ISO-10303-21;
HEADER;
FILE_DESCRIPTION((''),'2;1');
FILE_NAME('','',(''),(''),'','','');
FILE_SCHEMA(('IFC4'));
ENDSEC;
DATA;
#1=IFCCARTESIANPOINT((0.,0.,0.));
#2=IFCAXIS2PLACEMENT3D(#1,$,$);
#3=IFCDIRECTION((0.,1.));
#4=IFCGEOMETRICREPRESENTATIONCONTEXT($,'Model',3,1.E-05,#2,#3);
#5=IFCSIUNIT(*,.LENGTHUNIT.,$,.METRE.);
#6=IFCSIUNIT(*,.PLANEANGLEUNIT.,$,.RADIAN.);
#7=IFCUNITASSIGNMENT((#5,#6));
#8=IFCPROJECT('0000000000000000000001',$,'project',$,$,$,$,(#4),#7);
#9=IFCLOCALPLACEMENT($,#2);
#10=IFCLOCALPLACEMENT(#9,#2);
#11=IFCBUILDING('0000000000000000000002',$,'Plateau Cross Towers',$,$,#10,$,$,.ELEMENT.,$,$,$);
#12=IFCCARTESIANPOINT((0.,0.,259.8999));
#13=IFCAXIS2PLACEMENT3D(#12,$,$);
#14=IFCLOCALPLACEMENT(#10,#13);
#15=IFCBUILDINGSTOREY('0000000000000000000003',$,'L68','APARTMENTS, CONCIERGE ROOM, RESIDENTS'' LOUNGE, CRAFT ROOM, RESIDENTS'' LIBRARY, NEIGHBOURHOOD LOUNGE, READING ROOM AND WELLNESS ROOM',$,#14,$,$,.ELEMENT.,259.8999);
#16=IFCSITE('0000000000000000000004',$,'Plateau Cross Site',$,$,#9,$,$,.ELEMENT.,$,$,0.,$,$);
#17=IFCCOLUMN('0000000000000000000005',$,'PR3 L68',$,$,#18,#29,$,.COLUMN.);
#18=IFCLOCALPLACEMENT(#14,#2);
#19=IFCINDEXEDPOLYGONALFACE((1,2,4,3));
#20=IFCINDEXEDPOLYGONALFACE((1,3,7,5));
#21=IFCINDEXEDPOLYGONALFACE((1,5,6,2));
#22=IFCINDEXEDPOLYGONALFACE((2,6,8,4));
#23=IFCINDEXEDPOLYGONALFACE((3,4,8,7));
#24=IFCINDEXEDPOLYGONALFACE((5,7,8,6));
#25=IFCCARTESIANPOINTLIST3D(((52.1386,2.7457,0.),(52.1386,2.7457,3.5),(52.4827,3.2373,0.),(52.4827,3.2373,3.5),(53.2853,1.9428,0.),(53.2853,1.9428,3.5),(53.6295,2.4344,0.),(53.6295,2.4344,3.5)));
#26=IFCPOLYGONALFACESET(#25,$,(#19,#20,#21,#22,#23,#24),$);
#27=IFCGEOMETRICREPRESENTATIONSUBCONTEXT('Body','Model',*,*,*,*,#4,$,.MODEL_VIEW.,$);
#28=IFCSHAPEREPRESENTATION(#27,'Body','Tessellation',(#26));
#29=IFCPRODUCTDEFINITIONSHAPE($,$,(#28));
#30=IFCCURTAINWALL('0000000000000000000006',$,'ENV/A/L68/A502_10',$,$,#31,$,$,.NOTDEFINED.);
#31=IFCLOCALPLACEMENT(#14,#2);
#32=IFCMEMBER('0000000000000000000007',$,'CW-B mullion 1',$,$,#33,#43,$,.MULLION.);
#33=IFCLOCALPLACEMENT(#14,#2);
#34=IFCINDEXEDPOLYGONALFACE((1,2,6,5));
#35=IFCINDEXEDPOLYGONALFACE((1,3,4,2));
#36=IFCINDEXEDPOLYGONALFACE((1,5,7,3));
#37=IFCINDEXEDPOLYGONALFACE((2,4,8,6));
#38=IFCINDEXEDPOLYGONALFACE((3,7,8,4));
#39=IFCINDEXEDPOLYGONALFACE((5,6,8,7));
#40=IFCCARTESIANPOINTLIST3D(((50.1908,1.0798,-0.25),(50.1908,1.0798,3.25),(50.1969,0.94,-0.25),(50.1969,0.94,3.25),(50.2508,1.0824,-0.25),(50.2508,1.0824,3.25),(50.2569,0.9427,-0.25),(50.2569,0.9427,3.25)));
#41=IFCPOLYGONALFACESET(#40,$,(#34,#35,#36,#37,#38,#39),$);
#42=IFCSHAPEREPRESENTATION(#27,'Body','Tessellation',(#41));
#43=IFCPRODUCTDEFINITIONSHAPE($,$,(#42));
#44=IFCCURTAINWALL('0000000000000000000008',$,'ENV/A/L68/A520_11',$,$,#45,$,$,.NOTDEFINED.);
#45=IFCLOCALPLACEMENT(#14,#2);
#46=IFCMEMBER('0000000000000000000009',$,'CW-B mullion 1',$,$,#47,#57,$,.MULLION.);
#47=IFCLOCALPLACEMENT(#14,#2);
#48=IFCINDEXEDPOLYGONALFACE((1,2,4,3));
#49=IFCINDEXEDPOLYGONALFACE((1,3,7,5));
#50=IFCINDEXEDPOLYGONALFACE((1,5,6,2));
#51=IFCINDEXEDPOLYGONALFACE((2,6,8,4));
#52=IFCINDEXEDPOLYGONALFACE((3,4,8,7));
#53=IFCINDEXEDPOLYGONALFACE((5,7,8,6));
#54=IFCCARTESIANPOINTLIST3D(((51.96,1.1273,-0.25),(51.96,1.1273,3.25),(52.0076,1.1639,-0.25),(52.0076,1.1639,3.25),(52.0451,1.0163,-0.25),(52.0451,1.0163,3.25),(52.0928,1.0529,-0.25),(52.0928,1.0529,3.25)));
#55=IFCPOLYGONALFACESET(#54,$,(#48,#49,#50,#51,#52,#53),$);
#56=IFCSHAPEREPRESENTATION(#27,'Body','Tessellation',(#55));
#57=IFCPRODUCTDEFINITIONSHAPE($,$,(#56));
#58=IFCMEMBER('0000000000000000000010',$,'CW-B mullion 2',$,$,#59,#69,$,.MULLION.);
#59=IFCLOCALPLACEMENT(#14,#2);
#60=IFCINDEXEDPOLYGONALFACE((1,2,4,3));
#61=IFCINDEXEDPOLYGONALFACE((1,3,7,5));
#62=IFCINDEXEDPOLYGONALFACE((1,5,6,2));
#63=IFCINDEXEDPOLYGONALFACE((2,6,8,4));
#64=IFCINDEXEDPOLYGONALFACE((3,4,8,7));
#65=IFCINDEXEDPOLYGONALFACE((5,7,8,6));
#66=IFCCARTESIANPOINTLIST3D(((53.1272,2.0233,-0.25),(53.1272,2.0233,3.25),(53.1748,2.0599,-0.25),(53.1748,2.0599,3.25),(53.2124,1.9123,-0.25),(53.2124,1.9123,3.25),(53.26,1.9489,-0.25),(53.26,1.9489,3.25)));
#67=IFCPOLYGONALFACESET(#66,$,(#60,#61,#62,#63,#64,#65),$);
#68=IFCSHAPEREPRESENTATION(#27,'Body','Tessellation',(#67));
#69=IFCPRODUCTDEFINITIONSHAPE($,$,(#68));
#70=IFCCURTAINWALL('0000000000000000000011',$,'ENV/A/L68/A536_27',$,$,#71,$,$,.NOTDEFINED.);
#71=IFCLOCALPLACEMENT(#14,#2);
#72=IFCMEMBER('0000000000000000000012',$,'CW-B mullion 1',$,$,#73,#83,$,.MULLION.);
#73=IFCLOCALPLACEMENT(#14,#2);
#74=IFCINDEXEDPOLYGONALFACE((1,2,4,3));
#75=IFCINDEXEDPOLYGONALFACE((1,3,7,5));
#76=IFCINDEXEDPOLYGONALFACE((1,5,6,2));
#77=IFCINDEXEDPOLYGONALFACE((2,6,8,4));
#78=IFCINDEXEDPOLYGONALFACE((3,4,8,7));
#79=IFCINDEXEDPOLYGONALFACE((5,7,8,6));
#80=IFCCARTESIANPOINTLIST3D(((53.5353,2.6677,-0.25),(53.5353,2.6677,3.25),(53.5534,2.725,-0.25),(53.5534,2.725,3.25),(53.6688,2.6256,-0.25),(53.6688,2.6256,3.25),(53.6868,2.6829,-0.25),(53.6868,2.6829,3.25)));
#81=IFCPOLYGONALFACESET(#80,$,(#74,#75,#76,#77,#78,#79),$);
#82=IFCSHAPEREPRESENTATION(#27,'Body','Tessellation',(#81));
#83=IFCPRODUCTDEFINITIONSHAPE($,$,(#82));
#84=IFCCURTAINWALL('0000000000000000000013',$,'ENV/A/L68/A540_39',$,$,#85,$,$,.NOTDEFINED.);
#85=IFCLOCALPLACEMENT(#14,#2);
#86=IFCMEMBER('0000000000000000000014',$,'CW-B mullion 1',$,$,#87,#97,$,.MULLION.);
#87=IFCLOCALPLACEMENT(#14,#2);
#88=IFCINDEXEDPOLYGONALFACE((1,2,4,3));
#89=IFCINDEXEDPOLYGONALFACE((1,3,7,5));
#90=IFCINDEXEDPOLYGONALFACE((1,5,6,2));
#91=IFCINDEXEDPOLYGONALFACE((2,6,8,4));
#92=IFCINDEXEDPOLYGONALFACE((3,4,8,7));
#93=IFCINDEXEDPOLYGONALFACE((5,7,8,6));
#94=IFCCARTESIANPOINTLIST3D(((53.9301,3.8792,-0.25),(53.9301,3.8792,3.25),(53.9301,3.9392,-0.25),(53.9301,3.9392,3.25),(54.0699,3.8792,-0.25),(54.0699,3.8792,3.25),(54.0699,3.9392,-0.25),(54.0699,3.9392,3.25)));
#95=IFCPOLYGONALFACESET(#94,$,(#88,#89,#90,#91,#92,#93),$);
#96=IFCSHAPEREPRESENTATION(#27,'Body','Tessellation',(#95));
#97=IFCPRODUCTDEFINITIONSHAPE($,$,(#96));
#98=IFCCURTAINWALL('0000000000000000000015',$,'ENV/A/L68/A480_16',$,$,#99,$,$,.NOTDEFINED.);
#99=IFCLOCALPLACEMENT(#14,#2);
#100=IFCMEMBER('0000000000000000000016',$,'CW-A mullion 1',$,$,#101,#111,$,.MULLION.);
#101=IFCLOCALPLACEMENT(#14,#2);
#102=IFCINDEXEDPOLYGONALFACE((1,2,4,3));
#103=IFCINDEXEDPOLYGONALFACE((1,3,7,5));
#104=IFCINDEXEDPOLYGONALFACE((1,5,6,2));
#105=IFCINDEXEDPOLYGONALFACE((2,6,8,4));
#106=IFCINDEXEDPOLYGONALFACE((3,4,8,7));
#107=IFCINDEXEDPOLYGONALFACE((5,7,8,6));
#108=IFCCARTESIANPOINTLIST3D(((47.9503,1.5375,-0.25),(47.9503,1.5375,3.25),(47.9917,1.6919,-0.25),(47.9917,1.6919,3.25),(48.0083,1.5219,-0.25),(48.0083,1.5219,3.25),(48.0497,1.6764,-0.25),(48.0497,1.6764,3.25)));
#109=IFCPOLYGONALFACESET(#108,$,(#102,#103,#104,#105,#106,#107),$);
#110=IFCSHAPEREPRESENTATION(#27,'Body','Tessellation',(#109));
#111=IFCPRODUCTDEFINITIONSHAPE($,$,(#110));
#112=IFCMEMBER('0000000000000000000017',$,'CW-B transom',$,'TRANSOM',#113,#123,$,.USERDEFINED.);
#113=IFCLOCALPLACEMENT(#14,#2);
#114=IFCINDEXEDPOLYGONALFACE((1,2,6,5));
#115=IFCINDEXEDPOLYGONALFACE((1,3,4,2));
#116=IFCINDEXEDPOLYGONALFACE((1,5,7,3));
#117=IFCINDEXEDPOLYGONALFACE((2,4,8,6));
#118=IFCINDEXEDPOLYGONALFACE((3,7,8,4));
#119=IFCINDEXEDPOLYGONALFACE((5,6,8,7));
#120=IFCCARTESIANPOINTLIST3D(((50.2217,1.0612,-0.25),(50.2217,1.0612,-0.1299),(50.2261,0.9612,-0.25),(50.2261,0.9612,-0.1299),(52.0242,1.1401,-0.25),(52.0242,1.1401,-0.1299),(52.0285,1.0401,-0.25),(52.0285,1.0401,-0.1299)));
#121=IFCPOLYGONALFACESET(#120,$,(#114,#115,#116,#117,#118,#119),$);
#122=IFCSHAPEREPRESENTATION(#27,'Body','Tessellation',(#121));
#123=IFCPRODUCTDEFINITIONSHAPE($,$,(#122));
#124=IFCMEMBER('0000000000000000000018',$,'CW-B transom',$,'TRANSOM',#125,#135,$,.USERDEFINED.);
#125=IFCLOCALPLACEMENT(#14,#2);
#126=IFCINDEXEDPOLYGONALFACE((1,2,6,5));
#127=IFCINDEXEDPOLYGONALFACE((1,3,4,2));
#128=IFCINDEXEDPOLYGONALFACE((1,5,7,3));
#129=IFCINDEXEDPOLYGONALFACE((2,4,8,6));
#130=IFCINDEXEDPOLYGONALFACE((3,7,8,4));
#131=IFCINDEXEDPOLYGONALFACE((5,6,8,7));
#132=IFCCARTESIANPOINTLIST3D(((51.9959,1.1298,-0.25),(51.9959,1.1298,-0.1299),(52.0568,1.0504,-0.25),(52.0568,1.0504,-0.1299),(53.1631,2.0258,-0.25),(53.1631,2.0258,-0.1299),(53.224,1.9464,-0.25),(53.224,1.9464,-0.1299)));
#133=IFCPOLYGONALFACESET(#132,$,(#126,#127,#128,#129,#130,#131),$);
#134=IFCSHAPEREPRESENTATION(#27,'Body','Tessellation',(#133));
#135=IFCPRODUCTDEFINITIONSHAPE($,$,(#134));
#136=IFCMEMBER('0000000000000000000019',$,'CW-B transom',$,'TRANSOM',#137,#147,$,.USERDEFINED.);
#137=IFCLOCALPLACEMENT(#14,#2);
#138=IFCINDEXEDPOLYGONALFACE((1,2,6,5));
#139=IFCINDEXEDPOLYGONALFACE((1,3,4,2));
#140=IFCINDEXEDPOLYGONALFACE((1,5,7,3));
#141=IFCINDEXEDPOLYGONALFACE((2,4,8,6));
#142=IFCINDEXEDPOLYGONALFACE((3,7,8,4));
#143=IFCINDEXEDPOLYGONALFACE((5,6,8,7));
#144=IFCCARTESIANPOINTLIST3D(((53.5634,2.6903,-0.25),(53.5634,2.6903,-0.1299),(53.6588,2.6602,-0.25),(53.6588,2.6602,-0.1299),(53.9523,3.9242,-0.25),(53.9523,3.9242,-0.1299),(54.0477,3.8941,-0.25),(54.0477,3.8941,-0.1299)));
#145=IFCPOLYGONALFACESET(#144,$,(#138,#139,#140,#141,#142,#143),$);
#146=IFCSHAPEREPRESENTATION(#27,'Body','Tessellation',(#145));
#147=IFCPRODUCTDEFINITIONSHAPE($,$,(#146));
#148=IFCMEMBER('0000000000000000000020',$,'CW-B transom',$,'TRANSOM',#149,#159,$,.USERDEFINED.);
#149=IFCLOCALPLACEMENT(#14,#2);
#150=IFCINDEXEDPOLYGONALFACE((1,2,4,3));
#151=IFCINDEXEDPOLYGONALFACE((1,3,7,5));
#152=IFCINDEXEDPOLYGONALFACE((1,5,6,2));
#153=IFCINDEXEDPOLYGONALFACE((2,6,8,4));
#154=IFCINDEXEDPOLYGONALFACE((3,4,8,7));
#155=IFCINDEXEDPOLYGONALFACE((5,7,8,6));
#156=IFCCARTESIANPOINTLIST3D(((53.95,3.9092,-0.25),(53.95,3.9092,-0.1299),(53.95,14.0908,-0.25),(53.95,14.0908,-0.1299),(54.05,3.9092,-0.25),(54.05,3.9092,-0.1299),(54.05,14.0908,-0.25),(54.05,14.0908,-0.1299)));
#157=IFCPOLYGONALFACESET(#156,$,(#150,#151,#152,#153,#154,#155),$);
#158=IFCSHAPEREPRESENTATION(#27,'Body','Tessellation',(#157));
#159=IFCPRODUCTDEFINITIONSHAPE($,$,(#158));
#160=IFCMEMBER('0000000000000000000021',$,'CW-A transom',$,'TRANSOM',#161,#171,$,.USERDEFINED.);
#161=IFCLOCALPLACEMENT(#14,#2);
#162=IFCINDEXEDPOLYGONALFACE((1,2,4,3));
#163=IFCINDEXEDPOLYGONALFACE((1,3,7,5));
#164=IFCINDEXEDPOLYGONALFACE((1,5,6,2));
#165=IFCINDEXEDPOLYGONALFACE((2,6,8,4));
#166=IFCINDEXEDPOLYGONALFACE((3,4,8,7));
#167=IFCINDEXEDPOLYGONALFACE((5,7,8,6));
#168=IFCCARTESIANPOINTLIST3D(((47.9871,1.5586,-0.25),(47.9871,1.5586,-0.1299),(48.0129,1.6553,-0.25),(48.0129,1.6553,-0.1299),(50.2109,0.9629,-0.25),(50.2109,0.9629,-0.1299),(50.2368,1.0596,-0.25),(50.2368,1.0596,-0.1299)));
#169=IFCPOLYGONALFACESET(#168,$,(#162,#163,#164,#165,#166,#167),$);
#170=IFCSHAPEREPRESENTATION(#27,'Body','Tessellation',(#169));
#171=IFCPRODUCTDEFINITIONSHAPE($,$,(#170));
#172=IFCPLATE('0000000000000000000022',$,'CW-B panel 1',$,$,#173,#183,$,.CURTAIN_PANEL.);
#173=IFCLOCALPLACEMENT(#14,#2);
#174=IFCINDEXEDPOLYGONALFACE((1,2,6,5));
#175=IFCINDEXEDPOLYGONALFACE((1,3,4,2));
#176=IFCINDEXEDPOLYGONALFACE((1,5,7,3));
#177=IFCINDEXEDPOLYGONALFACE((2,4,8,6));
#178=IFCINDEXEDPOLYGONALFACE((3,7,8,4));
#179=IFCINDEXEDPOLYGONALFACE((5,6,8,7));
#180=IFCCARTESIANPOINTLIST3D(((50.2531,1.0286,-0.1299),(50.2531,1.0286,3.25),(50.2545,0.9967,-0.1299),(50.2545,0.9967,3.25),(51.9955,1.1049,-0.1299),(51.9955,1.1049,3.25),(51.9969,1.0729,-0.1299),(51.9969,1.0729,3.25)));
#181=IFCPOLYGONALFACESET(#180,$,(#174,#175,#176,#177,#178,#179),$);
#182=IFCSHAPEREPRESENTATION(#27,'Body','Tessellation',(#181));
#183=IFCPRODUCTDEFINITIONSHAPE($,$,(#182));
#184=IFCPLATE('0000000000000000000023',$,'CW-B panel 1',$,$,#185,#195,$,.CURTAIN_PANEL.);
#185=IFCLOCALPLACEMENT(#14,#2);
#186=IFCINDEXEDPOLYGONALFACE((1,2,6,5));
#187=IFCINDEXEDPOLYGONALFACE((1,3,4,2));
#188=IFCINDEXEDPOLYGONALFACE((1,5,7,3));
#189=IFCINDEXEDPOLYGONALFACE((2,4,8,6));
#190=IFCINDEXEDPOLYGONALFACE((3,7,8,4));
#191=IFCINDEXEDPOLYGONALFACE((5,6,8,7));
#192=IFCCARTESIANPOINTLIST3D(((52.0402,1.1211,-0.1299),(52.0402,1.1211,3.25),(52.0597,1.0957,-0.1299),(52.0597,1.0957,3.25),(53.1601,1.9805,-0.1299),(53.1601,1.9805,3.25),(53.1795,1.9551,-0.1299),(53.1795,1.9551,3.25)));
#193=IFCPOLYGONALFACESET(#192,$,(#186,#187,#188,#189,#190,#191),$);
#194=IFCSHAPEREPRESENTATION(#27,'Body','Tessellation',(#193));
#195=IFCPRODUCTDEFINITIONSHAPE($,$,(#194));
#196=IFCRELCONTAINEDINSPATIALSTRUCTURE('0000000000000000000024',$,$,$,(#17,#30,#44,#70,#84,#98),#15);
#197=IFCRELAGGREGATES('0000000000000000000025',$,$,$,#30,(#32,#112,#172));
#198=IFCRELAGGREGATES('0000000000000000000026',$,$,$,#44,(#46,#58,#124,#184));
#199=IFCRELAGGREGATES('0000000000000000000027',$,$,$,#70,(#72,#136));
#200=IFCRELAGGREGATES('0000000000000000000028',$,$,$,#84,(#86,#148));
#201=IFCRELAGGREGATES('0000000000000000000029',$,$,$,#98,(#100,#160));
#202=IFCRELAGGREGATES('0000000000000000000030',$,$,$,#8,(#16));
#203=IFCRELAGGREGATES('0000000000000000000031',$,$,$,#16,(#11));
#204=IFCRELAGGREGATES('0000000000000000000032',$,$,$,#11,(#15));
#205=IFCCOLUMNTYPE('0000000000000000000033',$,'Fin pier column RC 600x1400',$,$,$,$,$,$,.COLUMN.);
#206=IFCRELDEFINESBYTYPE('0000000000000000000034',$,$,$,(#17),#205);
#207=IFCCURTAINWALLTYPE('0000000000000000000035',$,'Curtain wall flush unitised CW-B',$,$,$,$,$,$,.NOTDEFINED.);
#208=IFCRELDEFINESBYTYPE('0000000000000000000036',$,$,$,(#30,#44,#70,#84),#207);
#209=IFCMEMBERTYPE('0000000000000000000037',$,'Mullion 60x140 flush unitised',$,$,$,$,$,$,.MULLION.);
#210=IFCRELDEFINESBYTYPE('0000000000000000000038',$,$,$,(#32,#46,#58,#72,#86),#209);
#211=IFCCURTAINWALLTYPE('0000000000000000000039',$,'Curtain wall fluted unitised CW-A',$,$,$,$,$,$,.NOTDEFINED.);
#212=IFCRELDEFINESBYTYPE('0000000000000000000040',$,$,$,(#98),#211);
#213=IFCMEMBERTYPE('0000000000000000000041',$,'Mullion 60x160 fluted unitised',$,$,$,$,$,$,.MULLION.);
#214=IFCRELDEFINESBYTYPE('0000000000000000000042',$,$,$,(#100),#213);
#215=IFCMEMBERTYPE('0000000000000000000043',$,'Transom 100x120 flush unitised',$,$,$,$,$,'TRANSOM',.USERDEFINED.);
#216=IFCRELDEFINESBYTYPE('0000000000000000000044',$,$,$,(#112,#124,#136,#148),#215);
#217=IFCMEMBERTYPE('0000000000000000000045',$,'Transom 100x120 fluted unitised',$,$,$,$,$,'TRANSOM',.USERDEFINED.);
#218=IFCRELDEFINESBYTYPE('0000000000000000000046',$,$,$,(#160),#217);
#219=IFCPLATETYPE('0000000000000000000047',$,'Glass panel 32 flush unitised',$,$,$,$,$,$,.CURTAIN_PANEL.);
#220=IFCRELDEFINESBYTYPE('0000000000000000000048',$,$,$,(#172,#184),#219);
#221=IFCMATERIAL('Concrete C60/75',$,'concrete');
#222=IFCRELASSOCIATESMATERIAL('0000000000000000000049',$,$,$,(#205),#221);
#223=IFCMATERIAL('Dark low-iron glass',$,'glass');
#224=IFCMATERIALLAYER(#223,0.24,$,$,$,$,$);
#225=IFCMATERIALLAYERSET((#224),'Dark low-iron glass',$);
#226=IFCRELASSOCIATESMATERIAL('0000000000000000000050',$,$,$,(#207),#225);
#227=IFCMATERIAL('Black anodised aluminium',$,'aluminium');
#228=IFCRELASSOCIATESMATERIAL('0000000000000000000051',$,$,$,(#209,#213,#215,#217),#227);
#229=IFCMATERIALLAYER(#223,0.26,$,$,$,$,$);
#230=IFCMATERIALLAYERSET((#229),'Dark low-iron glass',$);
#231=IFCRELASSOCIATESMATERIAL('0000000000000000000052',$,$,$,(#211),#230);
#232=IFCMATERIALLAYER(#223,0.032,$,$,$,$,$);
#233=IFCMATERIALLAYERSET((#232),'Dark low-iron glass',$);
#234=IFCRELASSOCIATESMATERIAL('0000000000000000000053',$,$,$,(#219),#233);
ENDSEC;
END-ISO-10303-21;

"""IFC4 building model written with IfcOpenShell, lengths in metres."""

from ifc_helpers import new_model, si_unit, direction, frame, origin, origin_2d, place, context, subcontext, project, spatial, rectangle, extrude, material, layer, layer_set, material_profile, profile_set, type_object, element, aggregate, save


model = new_model("IFC4")

# Units and contexts
model_context = context("Model", 3, precision=1e-05, world=origin(), true_north=direction((0.0, 1.0)))
body_context = subcontext(model_context, "Body", "Model", "MODEL_VIEW")
ifc_project = project(units=[si_unit("LENGTHUNIT", "METRE"), si_unit("PLANEANGLEUNIT", "RADIAN")], contexts=[model_context])

# Site, building, storey
site_placement = place(None, origin())
site = spatial("IfcSite", under=ifc_project, at=site_placement, Name="Plateau Cross Site", CompositionType="ELEMENT", RefElevation=0.0)
building_placement = place(site_placement, origin())
building = spatial("IfcBuilding", under=site, at=building_placement, Name="Plateau Cross Towers", CompositionType="ELEMENT")
storey_placement = place(building_placement, frame((0.0, 0.0, 259.8999)))
storey = spatial("IfcBuildingStorey", under=building, at=storey_placement, Name="L68", Description="APARTMENTS, CONCIERGE ROOM, RESIDENTS' LOUNGE, CRAFT ROOM, RESIDENTS' LIBRARY, NEIGHBOURHOOD LOUNGE, READING ROOM AND WELLNESS ROOM", CompositionType="ELEMENT", Elevation=259.8999)

# Column
ifc_material_1 = material(Name="Concrete C60/75", Category="concrete")
ifc_material_profile_1 = material_profile(ifc_material_1, rectangle(XDim=0.6001, YDim=1.3999, at=origin_2d()), Name="RC 600x1400")
ifc_profile_set_1 = profile_set([ifc_material_profile_1], Name="Concrete C60/75")
column_type = type_object("IfcColumnType", Name="Fin pier column RC 600x1400", PredefinedType="COLUMN", material=ifc_profile_set_1)
column_placement = place(storey_placement, frame((52.884, 2.5901, 0.0), z_axis=(0.0, 0.0, 1.0), x_axis=(0.573543, 0.819176, 0.0)))
element("IfcColumn", 1, at=column_placement, inside=storey, type_object=column_type, Name="PR3 L68", PredefinedType="COLUMN", context=body_context, shape_type="SweptSolid", body=[
    extrude(rectangle(XDim=0.6001, YDim=1.3999, at=origin_2d()), origin(), (0.0, 0.0, 1.0), 3.5),
])

# Curtain wall, member
ifc_material_2 = material(Name="Dark low-iron glass", Category="glass")
ifc_layer_1 = layer(ifc_material_2, 0.24)
ifc_layer_set_1 = layer_set([ifc_layer_1], Name="Dark low-iron glass")
curtain_wall_type_1 = type_object("IfcCurtainWallType", Name="Curtain wall flush unitised CW-B", PredefinedType="NOTDEFINED", material=ifc_layer_set_1)
curtain_wall_1_placement = place(storey_placement, origin())
curtain_wall_1 = element("IfcCurtainWall", 2, at=curtain_wall_1_placement, inside=storey, type_object=curtain_wall_type_1, Name="ENV/A/L68/A502_10", PredefinedType="NOTDEFINED")
ifc_material_3 = material(Name="Black anodised aluminium", Category="aluminium")
ifc_material_profile_2 = material_profile(ifc_material_3, rectangle(XDim=0.0601, YDim=0.1399, at=origin_2d()), Name="MULLION 60x140")
ifc_profile_set_2 = profile_set([ifc_material_profile_2], Name="Black anodised aluminium")
member_type_1 = type_object("IfcMemberType", Name="Mullion 60x140 flush unitised", PredefinedType="MULLION", material=ifc_profile_set_2)
member_1_placement = place(storey_placement, frame((50.2239, 1.0112, -0.25), z_axis=(0.0, 0.0, 1.0), x_axis=(0.999044, 0.043723, 0.0)))
member_1 = element("IfcMember", 3, at=member_1_placement, type_object=member_type_1, Name="CW-B mullion 1", PredefinedType="MULLION", context=body_context, shape_type="SweptSolid", body=[
    extrude(rectangle(XDim=0.0601, YDim=0.1399, at=origin_2d()), origin(), (0.0, 0.0, 1.0), 3.5),
])

# Curtain wall, members
curtain_wall_2_placement = place(storey_placement, origin())
curtain_wall_2 = element("IfcCurtainWall", 4, at=curtain_wall_2_placement, inside=storey, type_object=curtain_wall_type_1, Name="ENV/A/L68/A520_11", PredefinedType="NOTDEFINED")
member_2_placement = place(storey_placement, frame((52.0264, 1.0901, -0.25), z_axis=(0.0, 0.0, 1.0), x_axis=(0.793316, 0.608811, 0.0)))
member_2 = element("IfcMember", 5, at=member_2_placement, type_object=member_type_1, Name="CW-B mullion 1", PredefinedType="MULLION", context=body_context, shape_type="SweptSolid", body=[
    extrude(rectangle(XDim=0.0601, YDim=0.1399, at=origin_2d()), origin(), (0.0, 0.0, 1.0), 3.5),
])
member_3_placement = place(storey_placement, frame((53.1936, 1.9861, -0.25), z_axis=(0.0, 0.0, 1.0), x_axis=(0.793316, 0.608811, 0.0)))
member_3 = element("IfcMember", 6, at=member_3_placement, type_object=member_type_1, Name="CW-B mullion 2", PredefinedType="MULLION", context=body_context, shape_type="SweptSolid", body=[
    extrude(rectangle(XDim=0.0601, YDim=0.1399, at=origin_2d()), origin(), (0.0, 0.0, 1.0), 3.5),
])

# Curtain walls, members
curtain_wall_3_placement = place(storey_placement, origin())
curtain_wall_3 = element("IfcCurtainWall", 7, at=curtain_wall_3_placement, inside=storey, type_object=curtain_wall_type_1, Name="ENV/A/L68/A536_27", PredefinedType="NOTDEFINED")
member_4_placement = place(storey_placement, frame((53.6111, 2.6753, -0.25), z_axis=(0.0, 0.0, 1.0), x_axis=(0.300686, 0.953723, 0.0)))
member_4 = element("IfcMember", 8, at=member_4_placement, type_object=member_type_1, Name="CW-B mullion 1", PredefinedType="MULLION", context=body_context, shape_type="SweptSolid", body=[
    extrude(rectangle(XDim=0.0601, YDim=0.1399, at=origin_2d()), origin(), (0.0, 0.0, 1.0), 3.5),
])
curtain_wall_4_placement = place(storey_placement, origin())
curtain_wall_4 = element("IfcCurtainWall", 9, at=curtain_wall_4_placement, inside=storey, type_object=curtain_wall_type_1, Name="ENV/A/L68/A540_39", PredefinedType="NOTDEFINED")
member_5_placement = place(storey_placement, frame((54.0, 3.9092, -0.25), z_axis=(0.0, 0.0, 1.0), x_axis=(0.0, 1.0, 0.0)))
member_5 = element("IfcMember", 10, at=member_5_placement, type_object=member_type_1, Name="CW-B mullion 1", PredefinedType="MULLION", context=body_context, shape_type="SweptSolid", body=[
    extrude(rectangle(XDim=0.0601, YDim=0.1399, at=origin_2d()), origin(), (0.0, 0.0, 1.0), 3.5),
])
ifc_layer_2 = layer(ifc_material_2, 0.26)
ifc_layer_set_2 = layer_set([ifc_layer_2], Name="Dark low-iron glass")
curtain_wall_type_2 = type_object("IfcCurtainWallType", Name="Curtain wall fluted unitised CW-A", PredefinedType="NOTDEFINED", material=ifc_layer_set_2)
curtain_wall_5_placement = place(storey_placement, origin())
curtain_wall_5 = element("IfcCurtainWall", 11, at=curtain_wall_5_placement, inside=storey, type_object=curtain_wall_type_2, Name="ENV/A/L68/A480_16", PredefinedType="NOTDEFINED")
ifc_material_profile_3 = material_profile(ifc_material_3, rectangle(XDim=0.0601, YDim=0.1599, at=origin_2d()), Name="MULLION 60x160")
ifc_profile_set_3 = profile_set([ifc_material_profile_3], Name="Black anodised aluminium")
member_type_2 = type_object("IfcMemberType", Name="Mullion 60x160 fluted unitised", PredefinedType="MULLION", material=ifc_profile_set_3)
member_6_placement = place(storey_placement, frame((48.0, 1.6069, -0.25), z_axis=(0.0, 0.0, 1.0), x_axis=(0.965958, -0.258699, 0.0)))
member_6 = element("IfcMember", 12, at=member_6_placement, type_object=member_type_2, Name="CW-A mullion 1", PredefinedType="MULLION", context=body_context, shape_type="SweptSolid", body=[
    extrude(rectangle(XDim=0.0601, YDim=0.1599, at=origin_2d()), origin(), (0.0, 0.0, 1.0), 3.5),
])

# Members
ifc_material_profile_4 = material_profile(ifc_material_3, rectangle(XDim=0.1001, YDim=0.1201, at=origin_2d()), Name="TRANSOM 100x120")
ifc_profile_set_4 = profile_set([ifc_material_profile_4], Name="Black anodised aluminium")
member_type_3 = type_object("IfcMemberType", Name="Transom 100x120 flush unitised", ElementType="TRANSOM", PredefinedType="USERDEFINED", material=ifc_profile_set_4)
member_7_placement = place(storey_placement, frame((50.2239, 1.0112, -0.1899), z_axis=(0.999044, 0.043707, 0.0), x_axis=(-0.043707, 0.999044, 0.0)))
member_7 = element("IfcMember", 13, at=member_7_placement, type_object=member_type_3, Name="CW-B transom", ObjectType="TRANSOM", PredefinedType="USERDEFINED", context=body_context, shape_type="SweptSolid", body=[
    extrude(rectangle(XDim=0.1001, YDim=0.1201, at=origin_2d()), origin(), (0.0, 0.0, 1.0), 1.8042),
])
member_8_placement = place(storey_placement, frame((52.0264, 1.0901, -0.1899), z_axis=(0.79324, 0.608909, 0.0), x_axis=(-0.608909, 0.79324, 0.0)))
member_8 = element("IfcMember", 14, at=member_8_placement, type_object=member_type_3, Name="CW-B transom", ObjectType="TRANSOM", PredefinedType="USERDEFINED", context=body_context, shape_type="SweptSolid", body=[
    extrude(rectangle(XDim=0.1001, YDim=0.1201, at=origin_2d()), origin(), (0.0, 0.0, 1.0), 1.4714),
])
member_9_placement = place(storey_placement, frame((53.6111, 2.6753, -0.1899), z_axis=(0.300617, 0.953745, 0.0), x_axis=(-0.953745, 0.300617, 0.0)))
member_9 = element("IfcMember", 15, at=member_9_placement, type_object=member_type_3, Name="CW-B transom", ObjectType="TRANSOM", PredefinedType="USERDEFINED", context=body_context, shape_type="SweptSolid", body=[
    extrude(rectangle(XDim=0.1001, YDim=0.1201, at=origin_2d()), origin(), (0.0, 0.0, 1.0), 1.2937),
])
member_10_placement = place(storey_placement, frame((54.0, 3.9092, -0.1899), z_axis=(0.0, 1.0, 0.0), x_axis=(-1.0, 0.0, 0.0)))
member_10 = element("IfcMember", 16, at=member_10_placement, type_object=member_type_3, Name="CW-B transom", ObjectType="TRANSOM", PredefinedType="USERDEFINED", context=body_context, shape_type="SweptSolid", body=[
    extrude(rectangle(XDim=0.1001, YDim=0.1201, at=origin_2d()), origin(), (0.0, 0.0, 1.0), 10.1816),
])
ifc_material_profile_5 = material_profile(ifc_material_3, rectangle(XDim=0.1001, YDim=0.1201, at=origin_2d()), Name="TRANSOM 100x120")
ifc_profile_set_5 = profile_set([ifc_material_profile_5], Name="Black anodised aluminium")
member_type_4 = type_object("IfcMemberType", Name="Transom 100x120 fluted unitised", ElementType="TRANSOM", PredefinedType="USERDEFINED", material=ifc_profile_set_5)
member_11_placement = place(storey_placement, frame((48.0, 1.6069, -0.1899), z_axis=(0.965946, -0.258745, 0.0), x_axis=(0.258745, 0.965946, 0.0)))
member_11 = element("IfcMember", 17, at=member_11_placement, type_object=member_type_4, Name="CW-A transom", ObjectType="TRANSOM", PredefinedType="USERDEFINED", context=body_context, shape_type="SweptSolid", body=[
    extrude(rectangle(XDim=0.1001, YDim=0.1201, at=origin_2d()), origin(), (0.0, 0.0, 1.0), 2.3022),
])

# Plates
ifc_layer_3 = layer(ifc_material_2, 0.032)
ifc_layer_set_3 = layer_set([ifc_layer_3], Name="Dark low-iron glass")
plate_type_1 = type_object("IfcPlateType", Name="Glass panel 32 flush unitised", PredefinedType="CURTAIN_PANEL", material=ifc_layer_set_3)
plate_1_placement = place(storey_placement, frame((51.125, 1.0508, -0.1299), z_axis=(0.0, 0.0, 1.0), x_axis=(0.999044, 0.043723, 0.0)))
plate_1 = element("IfcPlate", 18, at=plate_1_placement, type_object=plate_type_1, Name="CW-B panel 1", PredefinedType="CURTAIN_PANEL", context=body_context, shape_type="SweptSolid", body=[
    extrude(rectangle(XDim=1.7441, YDim=0.032, at=origin_2d()), origin(), (0.0, 0.0, 1.0), 3.3799),
])
aggregate(curtain_wall_1, [member_1, member_7, plate_1])
plate_2_placement = place(storey_placement, frame((52.6099, 1.5381, -0.1299), z_axis=(0.0, 0.0, 1.0), x_axis=(0.793316, 0.608811, 0.0)))
plate_2 = element("IfcPlate", 19, at=plate_2_placement, type_object=plate_type_1, Name="CW-B panel 1", PredefinedType="CURTAIN_PANEL", context=body_context, shape_type="SweptSolid", body=[
    extrude(rectangle(XDim=1.4116, YDim=0.032, at=origin_2d()), origin(), (0.0, 0.0, 1.0), 3.3799),
])
aggregate(curtain_wall_2, [member_2, member_3, member_8, plate_2])
aggregate(curtain_wall_3, [member_4, member_9])
aggregate(curtain_wall_4, [member_5, member_10])

aggregate(curtain_wall_5, [member_6, member_11])

save(model, "model.ifc")
